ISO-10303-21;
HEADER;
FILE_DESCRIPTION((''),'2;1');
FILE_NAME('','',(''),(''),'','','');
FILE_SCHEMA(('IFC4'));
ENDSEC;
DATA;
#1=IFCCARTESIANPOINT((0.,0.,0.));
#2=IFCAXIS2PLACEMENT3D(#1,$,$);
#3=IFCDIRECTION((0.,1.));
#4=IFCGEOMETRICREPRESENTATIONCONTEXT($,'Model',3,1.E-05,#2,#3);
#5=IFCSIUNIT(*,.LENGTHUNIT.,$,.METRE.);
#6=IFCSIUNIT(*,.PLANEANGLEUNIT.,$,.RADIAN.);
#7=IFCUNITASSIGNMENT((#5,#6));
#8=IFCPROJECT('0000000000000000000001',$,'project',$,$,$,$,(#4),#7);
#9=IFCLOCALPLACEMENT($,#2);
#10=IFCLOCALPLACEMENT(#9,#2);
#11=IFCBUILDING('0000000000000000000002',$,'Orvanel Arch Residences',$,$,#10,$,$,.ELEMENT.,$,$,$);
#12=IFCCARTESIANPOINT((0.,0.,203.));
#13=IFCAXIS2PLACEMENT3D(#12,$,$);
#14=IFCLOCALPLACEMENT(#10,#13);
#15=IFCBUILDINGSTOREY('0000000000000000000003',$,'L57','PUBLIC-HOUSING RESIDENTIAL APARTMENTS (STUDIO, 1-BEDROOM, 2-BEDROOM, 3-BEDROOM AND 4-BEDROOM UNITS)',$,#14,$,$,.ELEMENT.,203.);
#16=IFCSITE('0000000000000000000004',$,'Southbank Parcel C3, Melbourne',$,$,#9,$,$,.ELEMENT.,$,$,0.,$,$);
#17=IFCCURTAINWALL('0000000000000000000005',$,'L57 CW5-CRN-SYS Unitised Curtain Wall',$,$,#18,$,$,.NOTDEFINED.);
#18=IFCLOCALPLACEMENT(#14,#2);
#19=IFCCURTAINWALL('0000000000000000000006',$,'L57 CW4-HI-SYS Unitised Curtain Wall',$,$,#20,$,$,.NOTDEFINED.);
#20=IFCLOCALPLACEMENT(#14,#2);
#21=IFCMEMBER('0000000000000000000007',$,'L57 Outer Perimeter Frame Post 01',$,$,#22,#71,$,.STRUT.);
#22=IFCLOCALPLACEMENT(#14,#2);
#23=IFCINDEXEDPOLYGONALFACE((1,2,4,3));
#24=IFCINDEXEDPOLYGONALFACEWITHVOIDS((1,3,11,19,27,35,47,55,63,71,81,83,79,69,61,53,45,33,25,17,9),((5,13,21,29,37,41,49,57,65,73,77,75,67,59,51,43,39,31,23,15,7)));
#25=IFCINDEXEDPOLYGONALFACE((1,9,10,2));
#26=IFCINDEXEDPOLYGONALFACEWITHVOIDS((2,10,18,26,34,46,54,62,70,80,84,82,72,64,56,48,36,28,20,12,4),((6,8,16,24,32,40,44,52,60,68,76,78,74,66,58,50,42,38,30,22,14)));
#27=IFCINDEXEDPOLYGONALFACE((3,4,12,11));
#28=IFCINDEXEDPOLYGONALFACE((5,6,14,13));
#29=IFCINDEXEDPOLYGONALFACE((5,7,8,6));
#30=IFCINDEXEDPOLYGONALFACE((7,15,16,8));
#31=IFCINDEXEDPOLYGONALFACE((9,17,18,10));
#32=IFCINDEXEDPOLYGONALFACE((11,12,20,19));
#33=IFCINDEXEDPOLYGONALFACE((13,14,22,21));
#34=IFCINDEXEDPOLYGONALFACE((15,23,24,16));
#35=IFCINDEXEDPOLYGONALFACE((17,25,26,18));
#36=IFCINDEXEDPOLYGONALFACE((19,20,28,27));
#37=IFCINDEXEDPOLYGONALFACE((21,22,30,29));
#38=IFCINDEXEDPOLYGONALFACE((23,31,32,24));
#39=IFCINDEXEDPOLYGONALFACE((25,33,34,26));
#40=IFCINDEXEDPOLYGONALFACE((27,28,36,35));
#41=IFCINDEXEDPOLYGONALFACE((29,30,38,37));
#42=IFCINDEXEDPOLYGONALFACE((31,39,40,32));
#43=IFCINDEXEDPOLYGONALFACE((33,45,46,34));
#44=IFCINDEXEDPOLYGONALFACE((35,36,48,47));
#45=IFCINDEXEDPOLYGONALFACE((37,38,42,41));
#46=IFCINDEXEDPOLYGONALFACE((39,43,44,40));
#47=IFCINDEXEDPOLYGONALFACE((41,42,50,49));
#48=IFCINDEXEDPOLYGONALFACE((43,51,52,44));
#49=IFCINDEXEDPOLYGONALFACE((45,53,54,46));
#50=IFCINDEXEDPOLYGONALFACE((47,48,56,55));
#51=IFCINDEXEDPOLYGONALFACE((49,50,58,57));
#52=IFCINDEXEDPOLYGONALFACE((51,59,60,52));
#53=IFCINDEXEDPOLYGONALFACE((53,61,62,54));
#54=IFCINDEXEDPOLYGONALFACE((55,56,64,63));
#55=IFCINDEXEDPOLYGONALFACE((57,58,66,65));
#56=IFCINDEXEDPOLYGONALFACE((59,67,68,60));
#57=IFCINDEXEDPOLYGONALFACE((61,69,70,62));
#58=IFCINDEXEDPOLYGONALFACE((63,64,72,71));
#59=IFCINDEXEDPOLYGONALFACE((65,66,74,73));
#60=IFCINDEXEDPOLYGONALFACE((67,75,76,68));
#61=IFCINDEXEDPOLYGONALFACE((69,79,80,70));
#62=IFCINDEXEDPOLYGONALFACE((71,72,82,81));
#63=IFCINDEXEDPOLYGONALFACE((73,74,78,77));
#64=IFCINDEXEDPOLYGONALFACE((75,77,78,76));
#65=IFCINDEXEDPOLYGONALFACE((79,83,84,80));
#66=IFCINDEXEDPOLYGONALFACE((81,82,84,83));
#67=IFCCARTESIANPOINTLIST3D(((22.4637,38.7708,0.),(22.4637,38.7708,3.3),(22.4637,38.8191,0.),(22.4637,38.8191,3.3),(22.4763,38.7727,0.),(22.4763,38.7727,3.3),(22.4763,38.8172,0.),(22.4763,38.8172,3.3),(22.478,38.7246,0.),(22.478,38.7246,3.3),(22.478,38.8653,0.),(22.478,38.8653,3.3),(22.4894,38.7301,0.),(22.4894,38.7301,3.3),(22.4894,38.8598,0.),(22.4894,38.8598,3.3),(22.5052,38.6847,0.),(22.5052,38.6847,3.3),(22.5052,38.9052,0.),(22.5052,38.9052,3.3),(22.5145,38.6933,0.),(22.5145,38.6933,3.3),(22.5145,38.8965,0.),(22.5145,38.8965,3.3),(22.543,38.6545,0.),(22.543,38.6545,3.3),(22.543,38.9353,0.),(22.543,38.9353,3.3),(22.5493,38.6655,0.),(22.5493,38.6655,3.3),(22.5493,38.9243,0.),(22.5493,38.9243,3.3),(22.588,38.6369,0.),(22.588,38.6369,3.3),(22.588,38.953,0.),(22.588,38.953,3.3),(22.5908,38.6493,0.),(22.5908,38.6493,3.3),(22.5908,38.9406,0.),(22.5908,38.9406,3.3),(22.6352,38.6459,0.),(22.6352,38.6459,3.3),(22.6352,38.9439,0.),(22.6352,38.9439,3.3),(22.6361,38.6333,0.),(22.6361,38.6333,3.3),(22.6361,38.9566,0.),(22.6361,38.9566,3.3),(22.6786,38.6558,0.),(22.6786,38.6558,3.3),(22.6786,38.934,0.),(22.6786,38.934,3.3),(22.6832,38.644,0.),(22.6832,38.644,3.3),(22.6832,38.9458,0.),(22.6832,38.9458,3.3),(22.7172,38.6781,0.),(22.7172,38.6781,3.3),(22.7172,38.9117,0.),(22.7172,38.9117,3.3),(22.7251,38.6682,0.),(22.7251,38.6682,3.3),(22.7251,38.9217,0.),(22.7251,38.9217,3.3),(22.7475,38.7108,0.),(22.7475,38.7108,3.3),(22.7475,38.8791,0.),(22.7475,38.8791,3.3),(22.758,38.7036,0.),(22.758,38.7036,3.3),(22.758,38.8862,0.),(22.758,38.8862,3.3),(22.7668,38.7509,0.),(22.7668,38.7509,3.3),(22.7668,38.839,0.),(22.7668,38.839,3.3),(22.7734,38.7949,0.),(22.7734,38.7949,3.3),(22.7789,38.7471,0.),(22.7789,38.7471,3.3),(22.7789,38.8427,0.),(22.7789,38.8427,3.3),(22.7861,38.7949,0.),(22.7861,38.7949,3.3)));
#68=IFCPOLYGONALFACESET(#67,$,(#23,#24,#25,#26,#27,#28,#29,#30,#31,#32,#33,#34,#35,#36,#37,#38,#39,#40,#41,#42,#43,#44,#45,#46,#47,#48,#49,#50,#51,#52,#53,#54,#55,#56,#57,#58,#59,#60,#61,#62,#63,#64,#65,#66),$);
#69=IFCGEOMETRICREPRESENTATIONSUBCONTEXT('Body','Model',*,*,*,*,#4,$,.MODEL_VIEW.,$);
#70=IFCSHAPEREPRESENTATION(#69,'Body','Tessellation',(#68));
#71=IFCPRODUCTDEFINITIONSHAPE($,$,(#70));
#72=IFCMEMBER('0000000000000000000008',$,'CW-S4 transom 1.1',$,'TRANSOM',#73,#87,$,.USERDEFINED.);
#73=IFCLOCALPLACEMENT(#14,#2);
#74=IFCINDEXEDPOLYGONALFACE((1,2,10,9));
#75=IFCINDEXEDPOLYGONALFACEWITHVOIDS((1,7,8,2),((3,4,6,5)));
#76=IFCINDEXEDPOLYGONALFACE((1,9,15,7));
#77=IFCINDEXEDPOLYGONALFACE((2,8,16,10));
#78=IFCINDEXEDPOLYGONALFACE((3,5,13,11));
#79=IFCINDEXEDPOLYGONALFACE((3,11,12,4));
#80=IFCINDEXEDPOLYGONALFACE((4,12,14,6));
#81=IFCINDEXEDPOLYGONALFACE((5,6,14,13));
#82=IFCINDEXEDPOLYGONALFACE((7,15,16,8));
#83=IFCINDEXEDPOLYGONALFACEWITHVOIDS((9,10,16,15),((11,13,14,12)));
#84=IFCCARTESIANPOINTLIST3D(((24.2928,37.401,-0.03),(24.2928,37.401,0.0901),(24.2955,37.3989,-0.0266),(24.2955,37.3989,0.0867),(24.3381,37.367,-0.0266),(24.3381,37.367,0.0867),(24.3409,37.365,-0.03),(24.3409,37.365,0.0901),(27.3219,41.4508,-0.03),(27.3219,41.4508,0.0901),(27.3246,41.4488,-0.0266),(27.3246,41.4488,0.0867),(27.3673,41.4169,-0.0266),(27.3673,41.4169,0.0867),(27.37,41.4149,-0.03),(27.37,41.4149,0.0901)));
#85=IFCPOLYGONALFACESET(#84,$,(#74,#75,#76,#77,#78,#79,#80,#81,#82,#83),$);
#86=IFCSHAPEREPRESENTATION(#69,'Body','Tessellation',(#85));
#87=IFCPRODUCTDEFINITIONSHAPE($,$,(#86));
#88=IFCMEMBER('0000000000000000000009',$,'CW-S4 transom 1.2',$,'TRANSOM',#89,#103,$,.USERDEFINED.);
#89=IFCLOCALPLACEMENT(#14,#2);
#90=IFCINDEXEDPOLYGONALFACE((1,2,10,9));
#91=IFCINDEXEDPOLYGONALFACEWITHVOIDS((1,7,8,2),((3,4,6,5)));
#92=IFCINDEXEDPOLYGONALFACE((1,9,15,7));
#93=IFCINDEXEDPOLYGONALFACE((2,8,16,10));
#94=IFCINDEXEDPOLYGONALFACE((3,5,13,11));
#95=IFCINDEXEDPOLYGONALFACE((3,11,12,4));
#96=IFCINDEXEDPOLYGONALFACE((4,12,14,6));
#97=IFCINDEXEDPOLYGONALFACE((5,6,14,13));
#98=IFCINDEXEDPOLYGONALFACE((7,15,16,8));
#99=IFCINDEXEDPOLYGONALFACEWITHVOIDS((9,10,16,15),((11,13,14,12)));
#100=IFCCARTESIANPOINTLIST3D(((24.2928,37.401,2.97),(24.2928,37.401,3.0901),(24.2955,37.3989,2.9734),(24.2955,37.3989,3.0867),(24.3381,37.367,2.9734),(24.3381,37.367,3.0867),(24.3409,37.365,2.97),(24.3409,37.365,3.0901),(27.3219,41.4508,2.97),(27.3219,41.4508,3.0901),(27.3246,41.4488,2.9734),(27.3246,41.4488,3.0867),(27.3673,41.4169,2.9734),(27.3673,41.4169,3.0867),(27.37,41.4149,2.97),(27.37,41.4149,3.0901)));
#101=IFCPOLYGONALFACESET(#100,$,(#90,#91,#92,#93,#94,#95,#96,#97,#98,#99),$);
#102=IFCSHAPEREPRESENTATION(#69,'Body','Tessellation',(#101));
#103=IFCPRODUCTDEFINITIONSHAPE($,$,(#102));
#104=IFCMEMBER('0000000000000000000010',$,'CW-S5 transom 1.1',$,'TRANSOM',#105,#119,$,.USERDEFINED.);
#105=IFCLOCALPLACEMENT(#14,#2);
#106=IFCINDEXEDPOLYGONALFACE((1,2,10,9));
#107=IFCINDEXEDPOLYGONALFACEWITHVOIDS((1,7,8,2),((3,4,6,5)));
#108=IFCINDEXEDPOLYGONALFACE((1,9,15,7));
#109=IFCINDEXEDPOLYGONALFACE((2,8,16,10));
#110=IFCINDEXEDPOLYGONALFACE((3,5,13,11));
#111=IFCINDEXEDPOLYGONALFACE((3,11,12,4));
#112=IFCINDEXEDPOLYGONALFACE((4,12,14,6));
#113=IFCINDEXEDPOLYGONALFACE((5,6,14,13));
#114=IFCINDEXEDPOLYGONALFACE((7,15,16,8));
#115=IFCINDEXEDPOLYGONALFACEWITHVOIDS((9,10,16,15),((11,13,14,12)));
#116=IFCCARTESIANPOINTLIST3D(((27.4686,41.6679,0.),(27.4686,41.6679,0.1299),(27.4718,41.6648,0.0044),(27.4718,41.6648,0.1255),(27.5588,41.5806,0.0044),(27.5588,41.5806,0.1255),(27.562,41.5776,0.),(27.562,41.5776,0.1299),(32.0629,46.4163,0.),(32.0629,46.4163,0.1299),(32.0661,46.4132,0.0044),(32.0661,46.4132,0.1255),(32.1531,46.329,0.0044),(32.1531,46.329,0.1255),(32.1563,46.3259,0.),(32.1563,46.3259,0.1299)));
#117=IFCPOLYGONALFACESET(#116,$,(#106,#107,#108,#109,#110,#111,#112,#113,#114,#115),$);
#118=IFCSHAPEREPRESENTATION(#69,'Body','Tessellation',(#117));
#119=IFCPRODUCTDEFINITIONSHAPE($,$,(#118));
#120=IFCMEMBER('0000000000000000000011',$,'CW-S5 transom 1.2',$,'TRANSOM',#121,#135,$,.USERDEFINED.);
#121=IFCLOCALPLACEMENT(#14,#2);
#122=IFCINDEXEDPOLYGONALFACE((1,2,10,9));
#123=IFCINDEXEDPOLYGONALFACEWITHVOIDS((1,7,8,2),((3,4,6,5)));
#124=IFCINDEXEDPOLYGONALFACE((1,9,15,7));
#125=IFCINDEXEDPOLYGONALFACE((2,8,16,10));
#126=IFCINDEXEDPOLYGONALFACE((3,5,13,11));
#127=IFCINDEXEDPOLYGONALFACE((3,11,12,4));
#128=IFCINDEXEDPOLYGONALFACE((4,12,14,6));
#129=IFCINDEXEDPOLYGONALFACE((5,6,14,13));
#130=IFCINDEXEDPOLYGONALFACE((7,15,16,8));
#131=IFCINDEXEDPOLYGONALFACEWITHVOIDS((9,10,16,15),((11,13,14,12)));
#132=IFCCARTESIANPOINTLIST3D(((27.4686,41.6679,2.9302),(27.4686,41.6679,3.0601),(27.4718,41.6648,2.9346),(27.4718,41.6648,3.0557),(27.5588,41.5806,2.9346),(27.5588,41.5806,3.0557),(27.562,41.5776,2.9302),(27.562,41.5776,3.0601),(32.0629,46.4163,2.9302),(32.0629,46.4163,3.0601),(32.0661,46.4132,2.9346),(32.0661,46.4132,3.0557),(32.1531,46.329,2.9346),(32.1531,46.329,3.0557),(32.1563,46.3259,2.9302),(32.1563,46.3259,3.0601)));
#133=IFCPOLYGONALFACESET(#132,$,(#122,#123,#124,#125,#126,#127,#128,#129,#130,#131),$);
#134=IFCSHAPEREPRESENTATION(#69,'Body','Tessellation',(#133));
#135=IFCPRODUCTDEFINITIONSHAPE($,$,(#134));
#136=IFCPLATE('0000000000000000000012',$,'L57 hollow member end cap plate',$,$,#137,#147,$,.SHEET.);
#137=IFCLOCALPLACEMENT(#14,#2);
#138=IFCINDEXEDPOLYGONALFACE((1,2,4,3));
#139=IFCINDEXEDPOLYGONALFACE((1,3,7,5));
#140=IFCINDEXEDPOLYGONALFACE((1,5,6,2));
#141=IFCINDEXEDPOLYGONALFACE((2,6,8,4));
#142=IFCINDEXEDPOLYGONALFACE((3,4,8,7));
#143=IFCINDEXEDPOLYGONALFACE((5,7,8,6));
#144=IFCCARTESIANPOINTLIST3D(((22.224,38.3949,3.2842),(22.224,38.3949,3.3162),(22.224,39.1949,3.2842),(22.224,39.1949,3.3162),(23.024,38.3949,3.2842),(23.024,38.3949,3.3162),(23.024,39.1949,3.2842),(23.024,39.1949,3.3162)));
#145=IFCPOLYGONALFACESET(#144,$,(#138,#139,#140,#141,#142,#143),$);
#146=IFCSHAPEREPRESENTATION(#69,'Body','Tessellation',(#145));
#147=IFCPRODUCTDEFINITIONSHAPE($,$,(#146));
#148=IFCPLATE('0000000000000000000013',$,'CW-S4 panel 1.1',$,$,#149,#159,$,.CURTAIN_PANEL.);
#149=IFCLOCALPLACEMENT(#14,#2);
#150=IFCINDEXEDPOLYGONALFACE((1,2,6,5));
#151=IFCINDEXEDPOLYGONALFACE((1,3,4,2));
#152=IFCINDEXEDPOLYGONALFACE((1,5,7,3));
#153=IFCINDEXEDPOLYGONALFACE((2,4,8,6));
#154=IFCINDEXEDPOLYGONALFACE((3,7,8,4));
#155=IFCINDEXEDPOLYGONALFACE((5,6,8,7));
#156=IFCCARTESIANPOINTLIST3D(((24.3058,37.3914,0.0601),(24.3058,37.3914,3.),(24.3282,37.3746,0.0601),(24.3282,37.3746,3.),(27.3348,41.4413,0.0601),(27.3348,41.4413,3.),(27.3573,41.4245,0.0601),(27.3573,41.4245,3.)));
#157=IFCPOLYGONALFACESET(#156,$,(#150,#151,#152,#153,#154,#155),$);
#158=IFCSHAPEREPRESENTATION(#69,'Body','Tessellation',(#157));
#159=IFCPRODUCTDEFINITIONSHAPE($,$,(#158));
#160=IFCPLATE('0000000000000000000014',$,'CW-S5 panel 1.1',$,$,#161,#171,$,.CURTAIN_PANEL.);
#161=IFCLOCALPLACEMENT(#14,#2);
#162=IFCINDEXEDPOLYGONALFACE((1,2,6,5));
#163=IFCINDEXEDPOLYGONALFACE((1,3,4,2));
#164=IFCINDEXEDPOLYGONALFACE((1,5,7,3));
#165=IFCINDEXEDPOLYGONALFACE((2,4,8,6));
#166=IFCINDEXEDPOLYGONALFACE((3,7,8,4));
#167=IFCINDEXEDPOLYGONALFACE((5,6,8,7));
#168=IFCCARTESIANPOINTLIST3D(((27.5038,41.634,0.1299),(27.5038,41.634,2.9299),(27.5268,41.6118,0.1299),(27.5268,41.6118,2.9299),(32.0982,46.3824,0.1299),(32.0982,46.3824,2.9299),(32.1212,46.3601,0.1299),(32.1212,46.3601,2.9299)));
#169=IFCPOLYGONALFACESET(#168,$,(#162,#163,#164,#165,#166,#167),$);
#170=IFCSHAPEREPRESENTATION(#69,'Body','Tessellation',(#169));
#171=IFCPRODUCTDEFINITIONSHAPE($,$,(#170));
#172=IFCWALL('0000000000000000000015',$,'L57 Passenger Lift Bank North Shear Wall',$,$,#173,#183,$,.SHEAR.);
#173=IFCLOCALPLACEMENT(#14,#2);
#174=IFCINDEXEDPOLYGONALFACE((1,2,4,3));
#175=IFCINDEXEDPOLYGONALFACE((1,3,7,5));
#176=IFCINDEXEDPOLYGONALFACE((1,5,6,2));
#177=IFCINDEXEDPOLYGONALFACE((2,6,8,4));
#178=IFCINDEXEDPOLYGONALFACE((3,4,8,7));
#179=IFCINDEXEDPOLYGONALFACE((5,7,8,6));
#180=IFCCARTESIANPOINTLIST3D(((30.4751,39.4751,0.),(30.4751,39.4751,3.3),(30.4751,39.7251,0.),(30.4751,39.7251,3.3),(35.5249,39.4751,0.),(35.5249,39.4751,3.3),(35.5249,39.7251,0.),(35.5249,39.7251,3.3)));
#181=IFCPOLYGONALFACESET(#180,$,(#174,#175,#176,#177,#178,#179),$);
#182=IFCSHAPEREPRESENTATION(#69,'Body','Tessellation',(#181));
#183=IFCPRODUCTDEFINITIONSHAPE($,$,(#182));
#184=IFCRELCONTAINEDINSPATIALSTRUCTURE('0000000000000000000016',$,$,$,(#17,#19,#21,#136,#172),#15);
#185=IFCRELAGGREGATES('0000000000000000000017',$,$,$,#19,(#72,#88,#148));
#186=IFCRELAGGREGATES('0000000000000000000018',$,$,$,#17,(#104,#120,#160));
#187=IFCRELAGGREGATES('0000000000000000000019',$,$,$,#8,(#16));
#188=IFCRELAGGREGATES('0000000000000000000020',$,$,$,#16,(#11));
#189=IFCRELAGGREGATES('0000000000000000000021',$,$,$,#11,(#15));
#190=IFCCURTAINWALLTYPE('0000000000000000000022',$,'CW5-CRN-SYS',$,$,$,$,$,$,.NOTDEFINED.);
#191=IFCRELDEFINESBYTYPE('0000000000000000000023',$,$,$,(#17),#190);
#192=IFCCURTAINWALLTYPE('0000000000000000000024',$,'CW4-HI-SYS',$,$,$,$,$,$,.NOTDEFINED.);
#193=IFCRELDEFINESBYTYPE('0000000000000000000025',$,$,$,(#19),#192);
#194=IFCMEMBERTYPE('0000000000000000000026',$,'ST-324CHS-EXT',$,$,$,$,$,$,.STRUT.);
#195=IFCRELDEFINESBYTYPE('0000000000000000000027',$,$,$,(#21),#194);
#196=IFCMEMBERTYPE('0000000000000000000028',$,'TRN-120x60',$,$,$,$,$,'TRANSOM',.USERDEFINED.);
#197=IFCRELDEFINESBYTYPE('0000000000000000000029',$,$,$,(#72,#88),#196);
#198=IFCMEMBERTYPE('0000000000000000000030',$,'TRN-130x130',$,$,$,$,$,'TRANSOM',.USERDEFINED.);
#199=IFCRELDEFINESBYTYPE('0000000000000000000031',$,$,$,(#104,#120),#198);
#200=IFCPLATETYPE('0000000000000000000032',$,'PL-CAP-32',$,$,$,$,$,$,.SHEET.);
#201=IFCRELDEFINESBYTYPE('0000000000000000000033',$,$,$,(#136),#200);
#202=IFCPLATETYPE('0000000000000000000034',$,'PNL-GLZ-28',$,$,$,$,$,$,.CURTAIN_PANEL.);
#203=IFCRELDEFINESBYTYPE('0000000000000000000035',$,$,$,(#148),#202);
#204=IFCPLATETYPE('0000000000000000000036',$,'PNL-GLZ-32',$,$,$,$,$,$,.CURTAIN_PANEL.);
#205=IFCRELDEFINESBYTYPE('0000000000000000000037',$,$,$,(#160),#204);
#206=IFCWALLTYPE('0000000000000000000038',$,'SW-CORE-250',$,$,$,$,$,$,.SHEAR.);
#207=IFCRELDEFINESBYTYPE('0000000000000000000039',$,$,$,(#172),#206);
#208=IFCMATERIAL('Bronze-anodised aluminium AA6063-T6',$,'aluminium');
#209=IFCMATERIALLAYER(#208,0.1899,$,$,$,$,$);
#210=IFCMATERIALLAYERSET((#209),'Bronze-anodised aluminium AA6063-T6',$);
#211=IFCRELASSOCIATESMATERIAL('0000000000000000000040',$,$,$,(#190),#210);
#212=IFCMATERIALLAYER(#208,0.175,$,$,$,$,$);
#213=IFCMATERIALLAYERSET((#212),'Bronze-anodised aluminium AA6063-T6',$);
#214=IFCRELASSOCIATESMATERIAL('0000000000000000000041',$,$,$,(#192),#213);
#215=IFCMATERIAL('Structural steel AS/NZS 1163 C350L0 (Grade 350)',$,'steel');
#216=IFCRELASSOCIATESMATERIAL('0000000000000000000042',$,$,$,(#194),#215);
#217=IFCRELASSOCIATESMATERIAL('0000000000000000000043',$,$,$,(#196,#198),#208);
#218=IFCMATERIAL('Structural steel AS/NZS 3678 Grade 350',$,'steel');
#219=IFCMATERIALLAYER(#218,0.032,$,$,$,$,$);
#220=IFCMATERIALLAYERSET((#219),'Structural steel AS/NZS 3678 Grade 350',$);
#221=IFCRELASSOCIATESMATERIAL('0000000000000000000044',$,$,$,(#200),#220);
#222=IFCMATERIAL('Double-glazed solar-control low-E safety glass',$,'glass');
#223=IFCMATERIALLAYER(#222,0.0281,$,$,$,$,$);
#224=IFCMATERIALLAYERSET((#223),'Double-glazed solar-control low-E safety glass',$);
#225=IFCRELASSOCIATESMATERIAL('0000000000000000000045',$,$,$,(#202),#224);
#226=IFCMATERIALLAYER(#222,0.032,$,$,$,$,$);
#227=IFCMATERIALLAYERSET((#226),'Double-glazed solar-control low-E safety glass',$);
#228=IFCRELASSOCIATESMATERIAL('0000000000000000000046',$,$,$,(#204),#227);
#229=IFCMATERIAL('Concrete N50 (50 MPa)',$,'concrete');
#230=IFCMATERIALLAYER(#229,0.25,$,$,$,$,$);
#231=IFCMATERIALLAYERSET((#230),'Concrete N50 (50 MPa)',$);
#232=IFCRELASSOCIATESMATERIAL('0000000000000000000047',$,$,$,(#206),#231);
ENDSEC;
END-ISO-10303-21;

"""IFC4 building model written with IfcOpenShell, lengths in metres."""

from ifc_helpers import new_model, si_unit, direction, frame, frame_2d, origin, origin_2d, place, context, subcontext, project, spatial, rectangle, hollow_rectangle, hollow_circle, extrude, material, layer, layer_set, material_profile, profile_set, type_object, element, aggregate, save


model = new_model("IFC4")

# Units and contexts
model_context = context("Model", 3, precision=1e-05, world=origin(), true_north=direction((0.0, 1.0)))
body_context = subcontext(model_context, "Body", "Model", "MODEL_VIEW")
ifc_project = project(units=[si_unit("LENGTHUNIT", "METRE"), si_unit("PLANEANGLEUNIT", "RADIAN")], contexts=[model_context])

# Site, building, storey
site_placement = place(None, origin())
site = spatial("IfcSite", under=ifc_project, at=site_placement, Name="Southbank Parcel C3, Melbourne", CompositionType="ELEMENT", RefElevation=0.0)
building_placement = place(site_placement, origin())
building = spatial("IfcBuilding", under=site, at=building_placement, Name="Orvanel Arch Residences", CompositionType="ELEMENT")
storey_placement = place(building_placement, frame((0.0, 0.0, 203.0)))
storey = spatial("IfcBuildingStorey", under=building, at=storey_placement, Name="L57", Description="PUBLIC-HOUSING RESIDENTIAL APARTMENTS (STUDIO, 1-BEDROOM, 2-BEDROOM, 3-BEDROOM AND 4-BEDROOM UNITS)", CompositionType="ELEMENT", Elevation=203.0)

# Shared definitions
ifc_material_1 = material(Name="Bronze-anodised aluminium AA6063-T6", Category="aluminium")
ifc_layer_1 = layer(ifc_material_1, 0.1899)
ifc_layer_set_1 = layer_set([ifc_layer_1], Name="Bronze-anodised aluminium AA6063-T6")
curtain_wall_type_1 = type_object("IfcCurtainWallType", Name="CW5-CRN-SYS", PredefinedType="NOTDEFINED", material=ifc_layer_set_1)

# Curtain walls
curtain_wall_1_placement = place(storey_placement, origin())
curtain_wall_1 = element("IfcCurtainWall", 1, at=curtain_wall_1_placement, inside=storey, type_object=curtain_wall_type_1, Name="L57 CW5-CRN-SYS Unitised Curtain Wall", PredefinedType="NOTDEFINED")
ifc_layer_2 = layer(ifc_material_1, 0.175)
ifc_layer_set_2 = layer_set([ifc_layer_2], Name="Bronze-anodised aluminium AA6063-T6")
curtain_wall_type_2 = type_object("IfcCurtainWallType", Name="CW4-HI-SYS", PredefinedType="NOTDEFINED", material=ifc_layer_set_2)
curtain_wall_2_placement = place(storey_placement, origin())
curtain_wall_2 = element("IfcCurtainWall", 2, at=curtain_wall_2_placement, inside=storey, type_object=curtain_wall_type_2, Name="L57 CW4-HI-SYS Unitised Curtain Wall", PredefinedType="NOTDEFINED")

# Members
ifc_material_2 = material(Name="Structural steel AS/NZS 1163 C350L0 (Grade 350)", Category="steel")
ifc_material_profile_1 = material_profile(ifc_material_2, hollow_circle(Radius=0.1621, WallThickness=0.0127, at=origin_2d()), Name="CHS324x12.7")
ifc_profile_set_1 = profile_set([ifc_material_profile_1], Name="Structural steel AS/NZS 1163 C350L0 (Grade 350)")
member_type_1 = type_object("IfcMemberType", Name="ST-324CHS-EXT", PredefinedType="STRUT", material=ifc_profile_set_1)
member_1_placement = place(storey_placement, frame((22.624, 38.7949, 0.0), z_axis=(0.0, 0.0, 1.0), x_axis=(1.0, 0.0, 0.0)))
element("IfcMember", 3, at=member_1_placement, inside=storey, type_object=member_type_1, Name="L57 Outer Perimeter Frame Post 01", PredefinedType="STRUT", context=body_context, shape_type="SweptSolid", body=[
    extrude(hollow_circle(Radius=0.1621, WallThickness=0.0127, at=origin_2d()), origin(), (0.0, 0.0, 1.0), 3.3),
])
ifc_material_profile_2 = material_profile(ifc_material_1, hollow_rectangle(XDim=0.0601, YDim=0.1201, WallThickness=0.0034, at=origin_2d()), Name="ALU120x60x3.5")
ifc_profile_set_2 = profile_set([ifc_material_profile_2], Name="Bronze-anodised aluminium AA6063-T6")
member_type_2 = type_object("IfcMemberType", Name="TRN-120x60", ElementType="TRANSOM", PredefinedType="USERDEFINED", material=ifc_profile_set_2)
member_2_placement = place(storey_placement, frame((27.3459, 41.4329, 0.03), z_axis=(-0.598949, -0.800787, 0.0), x_axis=(0.800787, -0.598949, 0.0)))
member_2 = element("IfcMember", 4, at=member_2_placement, type_object=member_type_2, Name="CW-S4 transom 1.1", ObjectType="TRANSOM", PredefinedType="USERDEFINED", context=body_context, shape_type="SweptSolid", body=[
    extrude(hollow_rectangle(XDim=0.0601, YDim=0.1201, WallThickness=0.0034, at=origin_2d()), origin(), (0.0, 0.0, 1.0), 5.0574),
])
member_3_placement = place(storey_placement, frame((27.3459, 41.4329, 3.03), z_axis=(-0.598949, -0.800787, 0.0), x_axis=(0.800787, -0.598949, 0.0)))
member_3 = element("IfcMember", 5, at=member_3_placement, type_object=member_type_2, Name="CW-S4 transom 1.2", ObjectType="TRANSOM", PredefinedType="USERDEFINED", context=body_context, shape_type="SweptSolid", body=[
    extrude(hollow_rectangle(XDim=0.0601, YDim=0.1201, WallThickness=0.0034, at=origin_2d()), origin(), (0.0, 0.0, 1.0), 5.0574),
])
ifc_material_profile_3 = material_profile(ifc_material_1, hollow_rectangle(XDim=0.1299, YDim=0.1299, WallThickness=0.0044, at=origin_2d()), Name="ALU130x130x4.5")
ifc_profile_set_3 = profile_set([ifc_material_profile_3], Name="Bronze-anodised aluminium AA6063-T6")
member_type_3 = type_object("IfcMemberType", Name="TRN-130x130", ElementType="TRANSOM", PredefinedType="USERDEFINED", material=ifc_profile_set_3)
member_4_placement = place(storey_placement, frame((32.1096, 46.3711, 0.0649), z_axis=(-0.695352, -0.718669, 0.0), x_axis=(0.718669, -0.695352, 0.0)))
member_4 = element("IfcMember", 6, at=member_4_placement, type_object=member_type_3, Name="CW-S5 transom 1.1", ObjectType="TRANSOM", PredefinedType="USERDEFINED", context=body_context, shape_type="SweptSolid", body=[
    extrude(hollow_rectangle(XDim=0.1299, YDim=0.1299, WallThickness=0.0044, at=origin_2d()), origin(), (0.0, 0.0, 1.0), 6.6072),
])
member_5_placement = place(storey_placement, frame((32.1096, 46.3711, 2.9951), z_axis=(-0.695352, -0.718669, 0.0), x_axis=(0.718669, -0.695352, 0.0)))
member_5 = element("IfcMember", 7, at=member_5_placement, type_object=member_type_3, Name="CW-S5 transom 1.2", ObjectType="TRANSOM", PredefinedType="USERDEFINED", context=body_context, shape_type="SweptSolid", body=[
    extrude(hollow_rectangle(XDim=0.1299, YDim=0.1299, WallThickness=0.0044, at=origin_2d()), origin(), (0.0, 0.0, 1.0), 6.6072),
])

# Plates
ifc_material_3 = material(Name="Structural steel AS/NZS 3678 Grade 350", Category="steel")
ifc_layer_3 = layer(ifc_material_3, 0.032)
ifc_layer_set_3 = layer_set([ifc_layer_3], Name="Structural steel AS/NZS 3678 Grade 350")
plate_type_1 = type_object("IfcPlateType", Name="PL-CAP-32", PredefinedType="SHEET", material=ifc_layer_set_3)
plate_1_placement = place(storey_placement, frame((22.624, 38.7949, 3.2842), z_axis=(0.0, 0.0, 1.0), x_axis=(1.0, 0.0, 0.0)))
element("IfcPlate", 8, at=plate_1_placement, inside=storey, type_object=plate_type_1, Name="L57 hollow member end cap plate", PredefinedType="SHEET", context=body_context, shape_type="SweptSolid", body=[
    extrude(rectangle(XDim=0.8, YDim=0.8, at=origin_2d()), origin(), (0.0, 0.0, 1.0), 0.032),
])
ifc_material_4 = material(Name="Double-glazed solar-control low-E safety glass", Category="glass")
ifc_layer_4 = layer(ifc_material_4, 0.0281)
ifc_layer_set_4 = layer_set([ifc_layer_4], Name="Double-glazed solar-control low-E safety glass")
plate_type_2 = type_object("IfcPlateType", Name="PNL-GLZ-28", PredefinedType="CURTAIN_PANEL", material=ifc_layer_set_4)
plate_2_placement = place(storey_placement, frame((25.8315, 39.408, 0.0601), z_axis=(0.0, 0.0, 1.0), x_axis=(-0.598944, -0.800791, 0.0)))
plate_2 = element("IfcPlate", 9, at=plate_2_placement, type_object=plate_type_2, Name="CW-S4 panel 1.1", PredefinedType="CURTAIN_PANEL", context=body_context, shape_type="SweptSolid", body=[
    extrude(rectangle(XDim=5.0574, YDim=0.0281, at=origin_2d()), origin(), (0.0, 0.0, 1.0), 2.9399),
])
aggregate(curtain_wall_2, [member_2, member_3, plate_2])
ifc_layer_5 = layer(ifc_material_4, 0.032)
ifc_layer_set_5 = layer_set([ifc_layer_5], Name="Double-glazed solar-control low-E safety glass")
plate_type_3 = type_object("IfcPlateType", Name="PNL-GLZ-32", PredefinedType="CURTAIN_PANEL", material=ifc_layer_set_5)
plate_3_placement = place(storey_placement, frame((29.8125, 43.9971, 0.1299), z_axis=(0.0, 0.0, 1.0), x_axis=(-0.695356, -0.718665, 0.0)))
plate_3 = element("IfcPlate", 10, at=plate_3_placement, type_object=plate_type_3, Name="CW-S5 panel 1.1", PredefinedType="CURTAIN_PANEL", context=body_context, shape_type="SweptSolid", body=[
    extrude(rectangle(XDim=6.6072, YDim=0.032, at=origin_2d()), origin(), (0.0, 0.0, 1.0), 2.8),
])
aggregate(curtain_wall_1, [member_4, member_5, plate_3])

# Wall
ifc_material_5 = material(Name="Concrete N50 (50 MPa)", Category="concrete")
ifc_layer_6 = layer(ifc_material_5, 0.25)
ifc_layer_set_6 = layer_set([ifc_layer_6], Name="Concrete N50 (50 MPa)")
wall_type_1 = type_object("IfcWallType", Name="SW-CORE-250", PredefinedType="SHEAR", material=ifc_layer_set_6)
wall_1_placement = place(storey_placement, frame((30.4751, 39.6001, 0.0), z_axis=(0.0, 0.0, 1.0), x_axis=(1.0, 0.0, 0.0)))
element("IfcWall", 11, at=wall_1_placement, inside=storey, type_object=wall_type_1, Name="L57 Passenger Lift Bank North Shear Wall", PredefinedType="SHEAR", context=body_context, shape_type="SweptSolid", body=[
    extrude(rectangle(XDim=5.0498, YDim=0.25, at=frame_2d((2.5249, 0.0))), origin(), (0.0, 0.0, 1.0), 3.3),
])

save(model, "model.ifc")
